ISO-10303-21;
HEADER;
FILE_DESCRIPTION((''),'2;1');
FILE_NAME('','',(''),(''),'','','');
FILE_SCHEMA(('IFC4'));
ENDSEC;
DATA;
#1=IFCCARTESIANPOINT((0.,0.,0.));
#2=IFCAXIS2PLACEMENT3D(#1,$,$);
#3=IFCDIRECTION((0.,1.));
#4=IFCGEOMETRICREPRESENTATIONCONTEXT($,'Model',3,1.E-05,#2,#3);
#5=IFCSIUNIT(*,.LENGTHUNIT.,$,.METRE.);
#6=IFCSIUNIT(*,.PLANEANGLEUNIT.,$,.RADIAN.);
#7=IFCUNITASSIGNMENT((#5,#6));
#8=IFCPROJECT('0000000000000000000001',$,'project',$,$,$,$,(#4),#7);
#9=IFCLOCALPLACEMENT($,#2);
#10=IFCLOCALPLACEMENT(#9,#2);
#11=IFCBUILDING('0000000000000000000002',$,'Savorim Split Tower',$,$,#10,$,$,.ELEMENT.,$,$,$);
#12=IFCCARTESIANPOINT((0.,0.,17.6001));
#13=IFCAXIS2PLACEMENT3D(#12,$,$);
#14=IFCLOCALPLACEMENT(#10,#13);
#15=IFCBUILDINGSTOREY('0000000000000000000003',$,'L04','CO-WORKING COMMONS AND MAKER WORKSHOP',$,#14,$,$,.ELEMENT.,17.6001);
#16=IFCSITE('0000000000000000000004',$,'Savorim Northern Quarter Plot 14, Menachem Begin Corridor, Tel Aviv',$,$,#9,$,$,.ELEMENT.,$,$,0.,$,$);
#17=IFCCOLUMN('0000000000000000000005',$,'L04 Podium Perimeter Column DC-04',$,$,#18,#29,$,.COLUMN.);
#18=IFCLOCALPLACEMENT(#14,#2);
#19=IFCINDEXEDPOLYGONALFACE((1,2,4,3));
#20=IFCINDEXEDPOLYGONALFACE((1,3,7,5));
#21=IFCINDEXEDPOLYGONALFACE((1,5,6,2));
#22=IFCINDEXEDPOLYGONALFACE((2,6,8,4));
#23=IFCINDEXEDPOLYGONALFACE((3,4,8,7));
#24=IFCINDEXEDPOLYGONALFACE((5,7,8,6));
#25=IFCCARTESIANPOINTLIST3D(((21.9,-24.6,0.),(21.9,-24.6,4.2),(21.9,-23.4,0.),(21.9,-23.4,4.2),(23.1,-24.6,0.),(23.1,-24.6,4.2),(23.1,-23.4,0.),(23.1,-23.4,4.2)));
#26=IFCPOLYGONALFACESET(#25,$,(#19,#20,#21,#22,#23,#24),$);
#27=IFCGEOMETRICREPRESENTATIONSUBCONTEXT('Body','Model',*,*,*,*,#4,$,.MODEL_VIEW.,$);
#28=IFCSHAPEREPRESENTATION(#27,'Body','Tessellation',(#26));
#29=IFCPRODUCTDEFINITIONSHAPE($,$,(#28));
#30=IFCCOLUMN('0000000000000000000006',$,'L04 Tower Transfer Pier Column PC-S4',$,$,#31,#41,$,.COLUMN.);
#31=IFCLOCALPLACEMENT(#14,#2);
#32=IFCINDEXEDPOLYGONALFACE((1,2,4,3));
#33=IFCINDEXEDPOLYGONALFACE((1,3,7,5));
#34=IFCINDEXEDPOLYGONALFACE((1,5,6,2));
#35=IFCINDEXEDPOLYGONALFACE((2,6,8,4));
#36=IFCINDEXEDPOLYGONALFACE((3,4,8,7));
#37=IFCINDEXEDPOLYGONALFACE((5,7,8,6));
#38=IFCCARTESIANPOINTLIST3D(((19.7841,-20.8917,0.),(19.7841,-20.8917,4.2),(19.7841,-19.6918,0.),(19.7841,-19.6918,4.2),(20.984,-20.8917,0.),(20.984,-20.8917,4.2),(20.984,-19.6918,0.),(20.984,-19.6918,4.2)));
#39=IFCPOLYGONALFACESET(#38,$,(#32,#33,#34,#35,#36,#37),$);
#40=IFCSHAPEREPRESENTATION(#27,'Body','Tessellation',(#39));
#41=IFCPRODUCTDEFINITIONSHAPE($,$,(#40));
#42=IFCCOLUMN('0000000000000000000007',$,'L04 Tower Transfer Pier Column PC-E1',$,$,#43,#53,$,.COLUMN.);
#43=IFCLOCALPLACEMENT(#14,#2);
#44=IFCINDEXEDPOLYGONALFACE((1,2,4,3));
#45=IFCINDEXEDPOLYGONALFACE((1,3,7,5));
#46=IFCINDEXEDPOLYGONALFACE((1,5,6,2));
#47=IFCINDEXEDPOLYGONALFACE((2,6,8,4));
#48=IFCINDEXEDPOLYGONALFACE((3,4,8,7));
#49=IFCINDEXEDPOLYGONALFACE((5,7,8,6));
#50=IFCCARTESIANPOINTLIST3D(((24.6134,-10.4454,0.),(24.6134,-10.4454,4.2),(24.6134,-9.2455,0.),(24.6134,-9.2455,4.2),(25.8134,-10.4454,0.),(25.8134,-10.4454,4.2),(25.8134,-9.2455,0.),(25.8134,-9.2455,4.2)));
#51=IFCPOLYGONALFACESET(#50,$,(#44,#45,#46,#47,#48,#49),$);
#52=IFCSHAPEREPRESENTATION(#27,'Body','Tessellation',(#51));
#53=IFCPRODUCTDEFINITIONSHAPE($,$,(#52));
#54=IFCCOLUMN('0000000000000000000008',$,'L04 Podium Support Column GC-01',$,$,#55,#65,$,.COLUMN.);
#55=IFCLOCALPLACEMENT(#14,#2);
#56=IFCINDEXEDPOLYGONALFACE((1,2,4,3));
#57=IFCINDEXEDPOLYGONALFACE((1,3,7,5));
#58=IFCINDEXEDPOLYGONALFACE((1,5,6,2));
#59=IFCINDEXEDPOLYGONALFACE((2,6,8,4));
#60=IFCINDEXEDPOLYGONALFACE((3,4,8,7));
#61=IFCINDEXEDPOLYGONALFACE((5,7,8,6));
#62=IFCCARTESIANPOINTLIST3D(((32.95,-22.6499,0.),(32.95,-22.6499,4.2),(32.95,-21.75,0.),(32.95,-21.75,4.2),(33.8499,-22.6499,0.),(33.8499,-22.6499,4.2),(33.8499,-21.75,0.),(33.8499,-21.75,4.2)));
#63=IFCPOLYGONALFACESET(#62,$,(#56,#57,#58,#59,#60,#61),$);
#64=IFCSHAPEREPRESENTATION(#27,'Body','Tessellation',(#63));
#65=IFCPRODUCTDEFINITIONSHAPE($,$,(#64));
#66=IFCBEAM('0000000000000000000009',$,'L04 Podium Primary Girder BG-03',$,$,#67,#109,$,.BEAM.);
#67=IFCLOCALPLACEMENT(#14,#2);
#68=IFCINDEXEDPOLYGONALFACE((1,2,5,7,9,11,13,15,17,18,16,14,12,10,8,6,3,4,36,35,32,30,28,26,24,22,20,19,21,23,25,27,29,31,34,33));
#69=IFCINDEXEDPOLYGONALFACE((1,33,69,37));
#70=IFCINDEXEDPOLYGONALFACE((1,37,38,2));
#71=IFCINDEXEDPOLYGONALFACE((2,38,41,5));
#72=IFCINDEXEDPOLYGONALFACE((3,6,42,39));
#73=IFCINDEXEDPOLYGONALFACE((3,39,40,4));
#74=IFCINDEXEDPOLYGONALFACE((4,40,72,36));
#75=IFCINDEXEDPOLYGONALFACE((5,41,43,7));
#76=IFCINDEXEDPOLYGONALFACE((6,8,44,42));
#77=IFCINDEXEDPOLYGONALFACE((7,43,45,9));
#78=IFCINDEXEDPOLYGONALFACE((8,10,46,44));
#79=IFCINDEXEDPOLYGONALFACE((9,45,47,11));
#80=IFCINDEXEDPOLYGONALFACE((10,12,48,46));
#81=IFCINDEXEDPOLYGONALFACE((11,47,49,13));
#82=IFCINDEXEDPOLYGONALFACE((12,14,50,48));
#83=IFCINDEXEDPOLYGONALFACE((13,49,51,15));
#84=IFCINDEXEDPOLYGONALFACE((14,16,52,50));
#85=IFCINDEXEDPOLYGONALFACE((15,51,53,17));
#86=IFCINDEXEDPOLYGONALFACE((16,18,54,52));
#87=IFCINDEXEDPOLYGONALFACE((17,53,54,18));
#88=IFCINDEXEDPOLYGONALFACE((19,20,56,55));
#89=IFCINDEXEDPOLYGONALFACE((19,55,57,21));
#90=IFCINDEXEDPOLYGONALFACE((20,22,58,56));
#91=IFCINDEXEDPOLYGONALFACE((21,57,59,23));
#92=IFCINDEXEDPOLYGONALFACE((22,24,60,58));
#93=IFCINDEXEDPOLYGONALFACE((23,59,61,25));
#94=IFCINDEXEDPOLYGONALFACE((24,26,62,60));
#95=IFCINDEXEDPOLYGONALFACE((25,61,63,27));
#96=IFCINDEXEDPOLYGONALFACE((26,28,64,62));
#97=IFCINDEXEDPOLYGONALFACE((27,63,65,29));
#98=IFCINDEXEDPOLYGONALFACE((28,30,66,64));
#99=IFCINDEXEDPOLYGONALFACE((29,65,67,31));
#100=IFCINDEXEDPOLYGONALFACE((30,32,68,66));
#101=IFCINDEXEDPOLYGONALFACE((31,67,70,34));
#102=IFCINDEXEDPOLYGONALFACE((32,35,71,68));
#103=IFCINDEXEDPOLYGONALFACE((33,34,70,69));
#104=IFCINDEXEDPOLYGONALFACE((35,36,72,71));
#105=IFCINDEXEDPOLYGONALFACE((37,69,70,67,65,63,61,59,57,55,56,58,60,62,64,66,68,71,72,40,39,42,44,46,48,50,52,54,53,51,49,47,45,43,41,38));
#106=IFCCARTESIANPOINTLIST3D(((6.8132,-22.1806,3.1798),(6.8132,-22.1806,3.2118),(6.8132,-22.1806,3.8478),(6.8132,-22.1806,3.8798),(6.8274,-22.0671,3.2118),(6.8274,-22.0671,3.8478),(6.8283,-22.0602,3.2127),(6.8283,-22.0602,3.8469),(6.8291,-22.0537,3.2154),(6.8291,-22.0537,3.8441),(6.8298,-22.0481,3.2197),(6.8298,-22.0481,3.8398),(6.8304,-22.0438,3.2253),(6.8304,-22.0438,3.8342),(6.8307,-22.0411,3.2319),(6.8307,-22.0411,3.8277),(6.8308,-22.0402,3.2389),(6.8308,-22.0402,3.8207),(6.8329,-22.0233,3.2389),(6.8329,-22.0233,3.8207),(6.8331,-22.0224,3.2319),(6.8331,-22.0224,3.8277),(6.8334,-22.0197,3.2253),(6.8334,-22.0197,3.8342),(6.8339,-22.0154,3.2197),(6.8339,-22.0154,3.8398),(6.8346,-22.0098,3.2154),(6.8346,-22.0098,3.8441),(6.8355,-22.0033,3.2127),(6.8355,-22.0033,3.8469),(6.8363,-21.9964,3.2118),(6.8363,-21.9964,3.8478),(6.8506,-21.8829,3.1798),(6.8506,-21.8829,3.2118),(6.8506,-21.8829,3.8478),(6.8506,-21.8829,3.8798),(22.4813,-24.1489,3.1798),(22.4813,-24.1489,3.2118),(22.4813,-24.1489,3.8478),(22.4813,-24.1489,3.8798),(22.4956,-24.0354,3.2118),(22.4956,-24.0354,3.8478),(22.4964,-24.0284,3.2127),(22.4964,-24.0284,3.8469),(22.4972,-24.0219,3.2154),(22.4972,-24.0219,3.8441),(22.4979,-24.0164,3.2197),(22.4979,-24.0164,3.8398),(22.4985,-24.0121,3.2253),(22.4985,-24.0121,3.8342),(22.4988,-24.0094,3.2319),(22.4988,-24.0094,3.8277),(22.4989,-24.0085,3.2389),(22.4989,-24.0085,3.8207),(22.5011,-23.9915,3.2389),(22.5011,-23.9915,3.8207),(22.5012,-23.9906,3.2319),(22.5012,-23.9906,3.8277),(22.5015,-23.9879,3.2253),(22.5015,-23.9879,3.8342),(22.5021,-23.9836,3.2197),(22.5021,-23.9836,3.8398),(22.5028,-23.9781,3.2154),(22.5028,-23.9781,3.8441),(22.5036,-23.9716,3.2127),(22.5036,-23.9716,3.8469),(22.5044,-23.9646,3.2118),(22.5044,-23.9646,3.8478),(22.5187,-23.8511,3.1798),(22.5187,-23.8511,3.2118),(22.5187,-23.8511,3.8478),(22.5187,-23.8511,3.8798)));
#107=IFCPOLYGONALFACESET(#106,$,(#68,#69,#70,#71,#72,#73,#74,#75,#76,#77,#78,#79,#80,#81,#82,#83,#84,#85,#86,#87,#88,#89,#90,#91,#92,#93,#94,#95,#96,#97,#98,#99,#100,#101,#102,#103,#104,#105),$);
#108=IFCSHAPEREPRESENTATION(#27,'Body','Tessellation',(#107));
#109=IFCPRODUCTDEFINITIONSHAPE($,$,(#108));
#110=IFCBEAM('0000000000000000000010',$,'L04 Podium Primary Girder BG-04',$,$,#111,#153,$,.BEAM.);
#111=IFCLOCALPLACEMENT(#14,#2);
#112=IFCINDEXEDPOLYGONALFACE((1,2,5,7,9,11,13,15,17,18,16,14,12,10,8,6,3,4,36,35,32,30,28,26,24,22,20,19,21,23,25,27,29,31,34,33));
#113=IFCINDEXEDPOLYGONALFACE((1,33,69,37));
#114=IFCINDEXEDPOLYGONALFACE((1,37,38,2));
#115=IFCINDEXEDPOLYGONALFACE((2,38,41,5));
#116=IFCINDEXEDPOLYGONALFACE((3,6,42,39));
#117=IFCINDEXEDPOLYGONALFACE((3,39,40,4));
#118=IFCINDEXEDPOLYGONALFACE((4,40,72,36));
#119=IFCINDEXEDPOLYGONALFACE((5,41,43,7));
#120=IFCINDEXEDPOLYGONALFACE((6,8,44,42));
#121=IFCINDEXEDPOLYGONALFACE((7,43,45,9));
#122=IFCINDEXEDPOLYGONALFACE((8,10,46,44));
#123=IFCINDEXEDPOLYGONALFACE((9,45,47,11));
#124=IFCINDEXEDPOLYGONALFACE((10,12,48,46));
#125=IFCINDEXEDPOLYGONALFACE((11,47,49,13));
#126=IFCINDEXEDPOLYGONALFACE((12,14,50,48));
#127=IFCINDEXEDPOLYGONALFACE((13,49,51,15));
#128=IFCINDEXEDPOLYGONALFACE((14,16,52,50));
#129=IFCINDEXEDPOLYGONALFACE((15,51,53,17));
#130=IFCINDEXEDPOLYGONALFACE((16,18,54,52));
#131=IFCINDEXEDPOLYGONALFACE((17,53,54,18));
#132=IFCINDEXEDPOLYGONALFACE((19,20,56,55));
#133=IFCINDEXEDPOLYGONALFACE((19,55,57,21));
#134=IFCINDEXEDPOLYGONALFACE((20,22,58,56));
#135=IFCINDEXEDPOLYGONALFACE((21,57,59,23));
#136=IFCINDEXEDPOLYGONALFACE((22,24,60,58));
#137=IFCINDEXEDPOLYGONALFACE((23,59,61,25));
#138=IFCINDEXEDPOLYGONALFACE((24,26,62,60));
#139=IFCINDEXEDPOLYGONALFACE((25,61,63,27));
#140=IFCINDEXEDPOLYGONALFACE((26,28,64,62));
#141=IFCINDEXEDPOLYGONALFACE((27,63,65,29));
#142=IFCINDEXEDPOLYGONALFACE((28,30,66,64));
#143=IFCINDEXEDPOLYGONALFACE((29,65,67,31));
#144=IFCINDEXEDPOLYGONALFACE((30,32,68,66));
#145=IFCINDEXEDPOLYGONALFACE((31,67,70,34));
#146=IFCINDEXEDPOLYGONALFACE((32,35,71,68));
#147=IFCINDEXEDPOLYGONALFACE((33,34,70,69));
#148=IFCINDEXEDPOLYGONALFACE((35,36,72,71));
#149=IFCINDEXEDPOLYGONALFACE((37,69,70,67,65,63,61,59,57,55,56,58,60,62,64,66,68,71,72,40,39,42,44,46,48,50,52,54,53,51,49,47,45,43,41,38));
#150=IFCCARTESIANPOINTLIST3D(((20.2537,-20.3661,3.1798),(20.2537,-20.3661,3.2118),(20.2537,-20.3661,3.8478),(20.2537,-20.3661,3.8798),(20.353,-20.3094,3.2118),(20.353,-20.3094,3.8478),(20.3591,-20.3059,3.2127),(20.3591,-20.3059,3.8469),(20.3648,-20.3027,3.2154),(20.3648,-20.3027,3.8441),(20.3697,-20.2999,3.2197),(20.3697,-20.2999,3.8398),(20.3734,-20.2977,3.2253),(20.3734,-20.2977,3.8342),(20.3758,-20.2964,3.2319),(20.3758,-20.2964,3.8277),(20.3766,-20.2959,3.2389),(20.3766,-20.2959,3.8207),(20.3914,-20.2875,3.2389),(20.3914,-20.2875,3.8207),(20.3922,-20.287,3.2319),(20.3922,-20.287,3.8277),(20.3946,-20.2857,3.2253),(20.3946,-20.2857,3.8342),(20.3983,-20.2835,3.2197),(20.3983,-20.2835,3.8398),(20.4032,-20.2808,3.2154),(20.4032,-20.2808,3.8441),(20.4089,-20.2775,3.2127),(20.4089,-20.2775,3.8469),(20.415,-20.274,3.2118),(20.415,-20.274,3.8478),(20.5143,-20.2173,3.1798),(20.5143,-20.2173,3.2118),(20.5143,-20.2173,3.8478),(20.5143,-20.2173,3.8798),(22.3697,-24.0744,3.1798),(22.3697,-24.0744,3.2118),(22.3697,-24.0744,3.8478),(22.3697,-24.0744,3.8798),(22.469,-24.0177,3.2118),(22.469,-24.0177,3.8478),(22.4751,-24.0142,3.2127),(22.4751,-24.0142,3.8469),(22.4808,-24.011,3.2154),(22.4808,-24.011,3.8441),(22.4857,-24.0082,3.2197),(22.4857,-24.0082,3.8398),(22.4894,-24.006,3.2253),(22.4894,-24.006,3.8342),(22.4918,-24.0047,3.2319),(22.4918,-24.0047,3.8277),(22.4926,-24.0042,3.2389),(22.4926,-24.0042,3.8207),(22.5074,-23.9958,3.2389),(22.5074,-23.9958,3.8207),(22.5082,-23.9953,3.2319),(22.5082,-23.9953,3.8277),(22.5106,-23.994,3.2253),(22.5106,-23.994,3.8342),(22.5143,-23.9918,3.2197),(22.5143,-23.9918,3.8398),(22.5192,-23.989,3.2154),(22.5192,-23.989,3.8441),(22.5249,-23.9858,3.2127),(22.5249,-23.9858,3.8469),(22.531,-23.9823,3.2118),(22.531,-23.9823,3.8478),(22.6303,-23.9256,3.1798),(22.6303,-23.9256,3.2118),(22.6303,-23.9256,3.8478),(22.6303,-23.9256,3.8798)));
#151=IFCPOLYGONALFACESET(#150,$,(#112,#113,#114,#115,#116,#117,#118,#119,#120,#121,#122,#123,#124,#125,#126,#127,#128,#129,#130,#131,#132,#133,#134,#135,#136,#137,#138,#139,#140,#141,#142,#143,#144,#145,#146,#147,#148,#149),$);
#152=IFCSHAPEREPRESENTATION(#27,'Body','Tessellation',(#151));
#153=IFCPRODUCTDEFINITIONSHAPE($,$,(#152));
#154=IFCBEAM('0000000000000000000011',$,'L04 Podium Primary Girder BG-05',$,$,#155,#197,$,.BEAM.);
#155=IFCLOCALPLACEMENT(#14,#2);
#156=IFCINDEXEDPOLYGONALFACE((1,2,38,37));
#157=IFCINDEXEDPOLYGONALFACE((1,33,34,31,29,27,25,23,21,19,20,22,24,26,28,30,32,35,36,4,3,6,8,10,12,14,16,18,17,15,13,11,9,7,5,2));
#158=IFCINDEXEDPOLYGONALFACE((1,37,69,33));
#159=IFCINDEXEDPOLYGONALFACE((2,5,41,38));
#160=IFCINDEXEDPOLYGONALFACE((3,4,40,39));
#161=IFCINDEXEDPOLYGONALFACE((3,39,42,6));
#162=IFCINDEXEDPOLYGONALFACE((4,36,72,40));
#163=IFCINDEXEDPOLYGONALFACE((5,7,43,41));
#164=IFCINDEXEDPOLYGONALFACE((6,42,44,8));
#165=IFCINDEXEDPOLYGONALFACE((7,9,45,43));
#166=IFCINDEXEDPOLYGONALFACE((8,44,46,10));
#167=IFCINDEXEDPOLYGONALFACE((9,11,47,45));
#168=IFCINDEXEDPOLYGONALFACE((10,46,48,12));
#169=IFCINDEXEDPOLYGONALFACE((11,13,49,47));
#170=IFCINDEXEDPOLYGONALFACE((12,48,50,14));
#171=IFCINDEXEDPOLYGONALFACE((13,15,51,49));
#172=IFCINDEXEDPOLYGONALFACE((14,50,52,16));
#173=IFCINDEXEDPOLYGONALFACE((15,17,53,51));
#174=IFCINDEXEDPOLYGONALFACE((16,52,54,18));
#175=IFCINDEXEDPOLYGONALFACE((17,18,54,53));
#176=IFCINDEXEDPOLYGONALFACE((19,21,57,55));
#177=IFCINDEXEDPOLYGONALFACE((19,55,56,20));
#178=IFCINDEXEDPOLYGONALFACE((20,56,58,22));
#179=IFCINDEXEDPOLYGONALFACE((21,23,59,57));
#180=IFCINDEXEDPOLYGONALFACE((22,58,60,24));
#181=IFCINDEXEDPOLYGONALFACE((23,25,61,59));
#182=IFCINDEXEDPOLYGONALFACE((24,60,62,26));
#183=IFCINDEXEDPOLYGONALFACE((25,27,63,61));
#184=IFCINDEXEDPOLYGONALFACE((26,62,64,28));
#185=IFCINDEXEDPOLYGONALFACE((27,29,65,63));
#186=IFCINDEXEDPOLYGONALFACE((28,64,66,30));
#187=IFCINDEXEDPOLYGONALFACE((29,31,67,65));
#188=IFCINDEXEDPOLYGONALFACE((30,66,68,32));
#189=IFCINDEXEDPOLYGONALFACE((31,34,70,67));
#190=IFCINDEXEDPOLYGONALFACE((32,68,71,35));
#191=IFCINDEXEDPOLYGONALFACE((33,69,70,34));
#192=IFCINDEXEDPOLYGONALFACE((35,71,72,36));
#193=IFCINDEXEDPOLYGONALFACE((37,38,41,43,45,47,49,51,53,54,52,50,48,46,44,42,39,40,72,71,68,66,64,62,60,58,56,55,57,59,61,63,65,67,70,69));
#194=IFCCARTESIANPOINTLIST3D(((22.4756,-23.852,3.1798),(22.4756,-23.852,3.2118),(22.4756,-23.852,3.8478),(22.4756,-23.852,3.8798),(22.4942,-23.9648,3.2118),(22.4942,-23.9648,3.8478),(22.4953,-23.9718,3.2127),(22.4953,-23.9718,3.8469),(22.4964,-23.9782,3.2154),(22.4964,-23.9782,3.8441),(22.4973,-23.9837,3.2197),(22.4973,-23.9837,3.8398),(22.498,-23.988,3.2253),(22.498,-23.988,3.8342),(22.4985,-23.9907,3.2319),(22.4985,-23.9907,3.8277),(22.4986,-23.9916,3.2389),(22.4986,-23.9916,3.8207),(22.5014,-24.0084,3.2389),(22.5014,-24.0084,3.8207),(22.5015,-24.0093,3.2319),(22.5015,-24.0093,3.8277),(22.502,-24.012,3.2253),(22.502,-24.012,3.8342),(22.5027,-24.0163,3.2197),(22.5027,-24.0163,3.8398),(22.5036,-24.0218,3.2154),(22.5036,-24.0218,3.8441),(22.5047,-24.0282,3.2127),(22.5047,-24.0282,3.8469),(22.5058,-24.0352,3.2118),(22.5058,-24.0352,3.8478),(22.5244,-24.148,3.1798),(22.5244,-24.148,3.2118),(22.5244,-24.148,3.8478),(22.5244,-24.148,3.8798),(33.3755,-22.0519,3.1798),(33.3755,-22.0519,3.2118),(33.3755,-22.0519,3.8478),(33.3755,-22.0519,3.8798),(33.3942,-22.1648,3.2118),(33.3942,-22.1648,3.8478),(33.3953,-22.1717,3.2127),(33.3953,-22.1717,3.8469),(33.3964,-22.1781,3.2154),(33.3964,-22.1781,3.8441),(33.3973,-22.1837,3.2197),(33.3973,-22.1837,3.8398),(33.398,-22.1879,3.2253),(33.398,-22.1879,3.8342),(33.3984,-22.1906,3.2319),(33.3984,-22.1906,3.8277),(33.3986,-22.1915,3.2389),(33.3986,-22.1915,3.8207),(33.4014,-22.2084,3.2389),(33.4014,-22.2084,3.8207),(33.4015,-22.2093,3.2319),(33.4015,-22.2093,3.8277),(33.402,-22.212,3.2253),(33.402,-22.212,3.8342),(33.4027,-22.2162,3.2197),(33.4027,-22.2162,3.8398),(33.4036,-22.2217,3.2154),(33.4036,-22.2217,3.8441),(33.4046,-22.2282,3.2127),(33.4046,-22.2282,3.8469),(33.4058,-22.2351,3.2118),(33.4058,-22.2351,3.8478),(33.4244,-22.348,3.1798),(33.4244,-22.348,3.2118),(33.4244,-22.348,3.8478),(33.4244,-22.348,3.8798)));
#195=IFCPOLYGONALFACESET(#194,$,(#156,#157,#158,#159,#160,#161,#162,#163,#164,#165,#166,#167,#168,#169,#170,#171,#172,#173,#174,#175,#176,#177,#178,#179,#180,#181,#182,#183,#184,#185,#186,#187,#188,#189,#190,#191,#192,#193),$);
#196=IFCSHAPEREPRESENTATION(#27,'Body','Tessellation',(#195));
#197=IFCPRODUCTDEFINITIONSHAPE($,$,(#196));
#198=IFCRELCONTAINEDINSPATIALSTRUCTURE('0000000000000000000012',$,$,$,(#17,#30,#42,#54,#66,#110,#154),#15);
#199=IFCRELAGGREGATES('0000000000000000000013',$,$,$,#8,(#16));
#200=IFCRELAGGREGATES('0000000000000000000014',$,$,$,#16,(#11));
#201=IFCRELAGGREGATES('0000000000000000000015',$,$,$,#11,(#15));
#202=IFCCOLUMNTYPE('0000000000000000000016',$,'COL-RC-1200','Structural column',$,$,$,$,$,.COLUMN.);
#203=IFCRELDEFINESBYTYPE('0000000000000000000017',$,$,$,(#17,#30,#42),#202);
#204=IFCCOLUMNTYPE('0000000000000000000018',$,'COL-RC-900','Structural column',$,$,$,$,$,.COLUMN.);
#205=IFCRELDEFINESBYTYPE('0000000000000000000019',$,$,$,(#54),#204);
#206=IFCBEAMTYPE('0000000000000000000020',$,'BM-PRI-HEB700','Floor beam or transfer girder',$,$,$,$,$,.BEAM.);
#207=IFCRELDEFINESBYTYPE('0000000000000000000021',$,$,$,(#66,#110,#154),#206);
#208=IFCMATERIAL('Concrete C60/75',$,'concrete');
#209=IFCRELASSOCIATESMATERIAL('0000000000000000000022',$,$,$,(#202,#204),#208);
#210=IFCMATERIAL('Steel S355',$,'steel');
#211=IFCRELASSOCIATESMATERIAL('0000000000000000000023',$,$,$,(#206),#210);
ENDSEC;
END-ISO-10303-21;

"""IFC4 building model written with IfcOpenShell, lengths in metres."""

from ifc_helpers import new_model, si_unit, direction, frame, origin, origin_2d, place, context, subcontext, project, spatial, rectangle, i_section, extrude, material, material_profile, profile_set, type_object, element, save


model = new_model("IFC4")

# Units and contexts
model_context = context("Model", 3, precision=1e-05, world=origin(), true_north=direction((0.0, 1.0)))
body_context = subcontext(model_context, "Body", "Model", "MODEL_VIEW")
ifc_project = project(units=[si_unit("LENGTHUNIT", "METRE"), si_unit("PLANEANGLEUNIT", "RADIAN")], contexts=[model_context])

# Site, building, storey
site_placement = place(None, origin())
site = spatial("IfcSite", under=ifc_project, at=site_placement, Name="Savorim Northern Quarter Plot 14, Menachem Begin Corridor, Tel Aviv", CompositionType="ELEMENT", RefElevation=0.0)
building_placement = place(site_placement, origin())
building = spatial("IfcBuilding", under=site, at=building_placement, Name="Savorim Split Tower", CompositionType="ELEMENT")
storey_placement = place(building_placement, frame((0.0, 0.0, 17.6001)))
storey = spatial("IfcBuildingStorey", under=building, at=storey_placement, Name="L04", Description="CO-WORKING COMMONS AND MAKER WORKSHOP", CompositionType="ELEMENT", Elevation=17.6001)

# Columns
ifc_material_1 = material(Name="Concrete C60/75", Category="concrete")
ifc_material_profile_1 = material_profile(ifc_material_1, rectangle(XDim=1.2, YDim=1.2, at=origin_2d()), Name="RC 1200x1200")
ifc_profile_set_1 = profile_set([ifc_material_profile_1], Name="Concrete C60/75")
column_type_1 = type_object("IfcColumnType", Name="COL-RC-1200", Description="Structural column", PredefinedType="COLUMN", material=ifc_profile_set_1)
for number, where, z_axis, x_axis, name in (
    (1, (22.5, -24.0, 0.0), (0.0, 0.0, 1.0), (1.0, 0.0, 0.0), "L04 Podium Perimeter Column DC-04"),
    (2, (20.384, -20.2917, 0.0), (0.0, 0.0, 1.0), (1.0, 0.0, 0.0), "L04 Tower Transfer Pier Column PC-S4"),
    (3, (25.2134, -9.8455, 0.0), (0.0, 0.0, 1.0), (1.0, 0.0, 0.0), "L04 Tower Transfer Pier Column PC-E1"),
):
    element("IfcColumn", number, at=place(storey_placement, frame(where, z_axis=z_axis, x_axis=x_axis)), inside=storey, type_object=column_type_1, Name=name, PredefinedType="COLUMN", context=body_context, shape_type="SweptSolid", body=[
        extrude(rectangle(XDim=1.2, YDim=1.2, at=origin_2d()), origin(), (0.0, 0.0, 1.0), 4.2),
    ])
ifc_material_profile_2 = material_profile(ifc_material_1, rectangle(XDim=0.8999, YDim=0.8999, at=origin_2d()), Name="RC 900x900")
ifc_profile_set_2 = profile_set([ifc_material_profile_2], Name="Concrete C60/75")
column_type_2 = type_object("IfcColumnType", Name="COL-RC-900", Description="Structural column", PredefinedType="COLUMN", material=ifc_profile_set_2)
column_placement = place(storey_placement, frame((33.3999, -22.2, 0.0), z_axis=(0.0, 0.0, 1.0), x_axis=(1.0, 0.0, 0.0)))
element("IfcColumn", 4, at=column_placement, inside=storey, type_object=column_type_2, Name="L04 Podium Support Column GC-01", PredefinedType="COLUMN", context=body_context, shape_type="SweptSolid", body=[
    extrude(rectangle(XDim=0.8999, YDim=0.8999, at=origin_2d()), origin(), (0.0, 0.0, 1.0), 4.2),
])

# Beams
ifc_material_2 = material(Name="Steel S355", Category="steel")
ifc_material_profile_3 = material_profile(ifc_material_2, i_section(OverallWidth=0.3, OverallDepth=0.7, WebThickness=0.0171, FlangeThickness=0.032, FilletRadius=0.0271, at=origin_2d()), Name="HEB 700")
ifc_profile_set_3 = profile_set([ifc_material_profile_3], Name="Steel S355")
beam_type_1 = type_object("IfcBeamType", Name="BM-PRI-HEB700", Description="Floor beam or transfer girder", PredefinedType="BEAM", material=ifc_profile_set_3)
beam_1_placement = place(storey_placement, frame((22.5, -24.0, 3.5298), z_axis=(-0.992202, 0.124642, 0.0), x_axis=(-0.124642, -0.992202, 0.0)))
element("IfcBeam", 5, at=beam_1_placement, inside=storey, type_object=beam_type_1, Name="L04 Podium Primary Girder BG-03", PredefinedType="BEAM", context=body_context, shape_type="SweptSolid", body=[
    extrude(i_section(OverallWidth=0.3, OverallDepth=0.7, WebThickness=0.0171, FlangeThickness=0.032, FilletRadius=0.0271, at=origin_2d()), origin(), (0.0, 0.0, 1.0), 15.7913),
])
beam_2_placement = place(storey_placement, frame((22.5, -24.0, 3.5298), z_axis=(-0.495603, 0.868549, 0.0), x_axis=(-0.868549, -0.495603, 0.0)))
element("IfcBeam", 6, at=beam_2_placement, inside=storey, type_object=beam_type_1, Name="L04 Podium Primary Girder BG-04", PredefinedType="BEAM", context=body_context, shape_type="SweptSolid", body=[
    extrude(i_section(OverallWidth=0.3, OverallDepth=0.7, WebThickness=0.0171, FlangeThickness=0.032, FilletRadius=0.0271, at=origin_2d()), origin(), (0.0, 0.0, 1.0), 4.2695),
])
beam_3_placement = place(storey_placement, frame((22.5, -24.0, 3.5298), z_axis=(0.986637, 0.162937, 0.0), x_axis=(-0.162937, 0.986637, 0.0)))
element("IfcBeam", 7, at=beam_3_placement, inside=storey, type_object=beam_type_1, Name="L04 Podium Primary Girder BG-05", PredefinedType="BEAM", context=body_context, shape_type="SweptSolid", body=[
    extrude(i_section(OverallWidth=0.3, OverallDepth=0.7, WebThickness=0.0171, FlangeThickness=0.032, FilletRadius=0.0271, at=origin_2d()), origin(), (0.0, 0.0, 1.0), 11.0476),
])

save(model, "model.ifc")
